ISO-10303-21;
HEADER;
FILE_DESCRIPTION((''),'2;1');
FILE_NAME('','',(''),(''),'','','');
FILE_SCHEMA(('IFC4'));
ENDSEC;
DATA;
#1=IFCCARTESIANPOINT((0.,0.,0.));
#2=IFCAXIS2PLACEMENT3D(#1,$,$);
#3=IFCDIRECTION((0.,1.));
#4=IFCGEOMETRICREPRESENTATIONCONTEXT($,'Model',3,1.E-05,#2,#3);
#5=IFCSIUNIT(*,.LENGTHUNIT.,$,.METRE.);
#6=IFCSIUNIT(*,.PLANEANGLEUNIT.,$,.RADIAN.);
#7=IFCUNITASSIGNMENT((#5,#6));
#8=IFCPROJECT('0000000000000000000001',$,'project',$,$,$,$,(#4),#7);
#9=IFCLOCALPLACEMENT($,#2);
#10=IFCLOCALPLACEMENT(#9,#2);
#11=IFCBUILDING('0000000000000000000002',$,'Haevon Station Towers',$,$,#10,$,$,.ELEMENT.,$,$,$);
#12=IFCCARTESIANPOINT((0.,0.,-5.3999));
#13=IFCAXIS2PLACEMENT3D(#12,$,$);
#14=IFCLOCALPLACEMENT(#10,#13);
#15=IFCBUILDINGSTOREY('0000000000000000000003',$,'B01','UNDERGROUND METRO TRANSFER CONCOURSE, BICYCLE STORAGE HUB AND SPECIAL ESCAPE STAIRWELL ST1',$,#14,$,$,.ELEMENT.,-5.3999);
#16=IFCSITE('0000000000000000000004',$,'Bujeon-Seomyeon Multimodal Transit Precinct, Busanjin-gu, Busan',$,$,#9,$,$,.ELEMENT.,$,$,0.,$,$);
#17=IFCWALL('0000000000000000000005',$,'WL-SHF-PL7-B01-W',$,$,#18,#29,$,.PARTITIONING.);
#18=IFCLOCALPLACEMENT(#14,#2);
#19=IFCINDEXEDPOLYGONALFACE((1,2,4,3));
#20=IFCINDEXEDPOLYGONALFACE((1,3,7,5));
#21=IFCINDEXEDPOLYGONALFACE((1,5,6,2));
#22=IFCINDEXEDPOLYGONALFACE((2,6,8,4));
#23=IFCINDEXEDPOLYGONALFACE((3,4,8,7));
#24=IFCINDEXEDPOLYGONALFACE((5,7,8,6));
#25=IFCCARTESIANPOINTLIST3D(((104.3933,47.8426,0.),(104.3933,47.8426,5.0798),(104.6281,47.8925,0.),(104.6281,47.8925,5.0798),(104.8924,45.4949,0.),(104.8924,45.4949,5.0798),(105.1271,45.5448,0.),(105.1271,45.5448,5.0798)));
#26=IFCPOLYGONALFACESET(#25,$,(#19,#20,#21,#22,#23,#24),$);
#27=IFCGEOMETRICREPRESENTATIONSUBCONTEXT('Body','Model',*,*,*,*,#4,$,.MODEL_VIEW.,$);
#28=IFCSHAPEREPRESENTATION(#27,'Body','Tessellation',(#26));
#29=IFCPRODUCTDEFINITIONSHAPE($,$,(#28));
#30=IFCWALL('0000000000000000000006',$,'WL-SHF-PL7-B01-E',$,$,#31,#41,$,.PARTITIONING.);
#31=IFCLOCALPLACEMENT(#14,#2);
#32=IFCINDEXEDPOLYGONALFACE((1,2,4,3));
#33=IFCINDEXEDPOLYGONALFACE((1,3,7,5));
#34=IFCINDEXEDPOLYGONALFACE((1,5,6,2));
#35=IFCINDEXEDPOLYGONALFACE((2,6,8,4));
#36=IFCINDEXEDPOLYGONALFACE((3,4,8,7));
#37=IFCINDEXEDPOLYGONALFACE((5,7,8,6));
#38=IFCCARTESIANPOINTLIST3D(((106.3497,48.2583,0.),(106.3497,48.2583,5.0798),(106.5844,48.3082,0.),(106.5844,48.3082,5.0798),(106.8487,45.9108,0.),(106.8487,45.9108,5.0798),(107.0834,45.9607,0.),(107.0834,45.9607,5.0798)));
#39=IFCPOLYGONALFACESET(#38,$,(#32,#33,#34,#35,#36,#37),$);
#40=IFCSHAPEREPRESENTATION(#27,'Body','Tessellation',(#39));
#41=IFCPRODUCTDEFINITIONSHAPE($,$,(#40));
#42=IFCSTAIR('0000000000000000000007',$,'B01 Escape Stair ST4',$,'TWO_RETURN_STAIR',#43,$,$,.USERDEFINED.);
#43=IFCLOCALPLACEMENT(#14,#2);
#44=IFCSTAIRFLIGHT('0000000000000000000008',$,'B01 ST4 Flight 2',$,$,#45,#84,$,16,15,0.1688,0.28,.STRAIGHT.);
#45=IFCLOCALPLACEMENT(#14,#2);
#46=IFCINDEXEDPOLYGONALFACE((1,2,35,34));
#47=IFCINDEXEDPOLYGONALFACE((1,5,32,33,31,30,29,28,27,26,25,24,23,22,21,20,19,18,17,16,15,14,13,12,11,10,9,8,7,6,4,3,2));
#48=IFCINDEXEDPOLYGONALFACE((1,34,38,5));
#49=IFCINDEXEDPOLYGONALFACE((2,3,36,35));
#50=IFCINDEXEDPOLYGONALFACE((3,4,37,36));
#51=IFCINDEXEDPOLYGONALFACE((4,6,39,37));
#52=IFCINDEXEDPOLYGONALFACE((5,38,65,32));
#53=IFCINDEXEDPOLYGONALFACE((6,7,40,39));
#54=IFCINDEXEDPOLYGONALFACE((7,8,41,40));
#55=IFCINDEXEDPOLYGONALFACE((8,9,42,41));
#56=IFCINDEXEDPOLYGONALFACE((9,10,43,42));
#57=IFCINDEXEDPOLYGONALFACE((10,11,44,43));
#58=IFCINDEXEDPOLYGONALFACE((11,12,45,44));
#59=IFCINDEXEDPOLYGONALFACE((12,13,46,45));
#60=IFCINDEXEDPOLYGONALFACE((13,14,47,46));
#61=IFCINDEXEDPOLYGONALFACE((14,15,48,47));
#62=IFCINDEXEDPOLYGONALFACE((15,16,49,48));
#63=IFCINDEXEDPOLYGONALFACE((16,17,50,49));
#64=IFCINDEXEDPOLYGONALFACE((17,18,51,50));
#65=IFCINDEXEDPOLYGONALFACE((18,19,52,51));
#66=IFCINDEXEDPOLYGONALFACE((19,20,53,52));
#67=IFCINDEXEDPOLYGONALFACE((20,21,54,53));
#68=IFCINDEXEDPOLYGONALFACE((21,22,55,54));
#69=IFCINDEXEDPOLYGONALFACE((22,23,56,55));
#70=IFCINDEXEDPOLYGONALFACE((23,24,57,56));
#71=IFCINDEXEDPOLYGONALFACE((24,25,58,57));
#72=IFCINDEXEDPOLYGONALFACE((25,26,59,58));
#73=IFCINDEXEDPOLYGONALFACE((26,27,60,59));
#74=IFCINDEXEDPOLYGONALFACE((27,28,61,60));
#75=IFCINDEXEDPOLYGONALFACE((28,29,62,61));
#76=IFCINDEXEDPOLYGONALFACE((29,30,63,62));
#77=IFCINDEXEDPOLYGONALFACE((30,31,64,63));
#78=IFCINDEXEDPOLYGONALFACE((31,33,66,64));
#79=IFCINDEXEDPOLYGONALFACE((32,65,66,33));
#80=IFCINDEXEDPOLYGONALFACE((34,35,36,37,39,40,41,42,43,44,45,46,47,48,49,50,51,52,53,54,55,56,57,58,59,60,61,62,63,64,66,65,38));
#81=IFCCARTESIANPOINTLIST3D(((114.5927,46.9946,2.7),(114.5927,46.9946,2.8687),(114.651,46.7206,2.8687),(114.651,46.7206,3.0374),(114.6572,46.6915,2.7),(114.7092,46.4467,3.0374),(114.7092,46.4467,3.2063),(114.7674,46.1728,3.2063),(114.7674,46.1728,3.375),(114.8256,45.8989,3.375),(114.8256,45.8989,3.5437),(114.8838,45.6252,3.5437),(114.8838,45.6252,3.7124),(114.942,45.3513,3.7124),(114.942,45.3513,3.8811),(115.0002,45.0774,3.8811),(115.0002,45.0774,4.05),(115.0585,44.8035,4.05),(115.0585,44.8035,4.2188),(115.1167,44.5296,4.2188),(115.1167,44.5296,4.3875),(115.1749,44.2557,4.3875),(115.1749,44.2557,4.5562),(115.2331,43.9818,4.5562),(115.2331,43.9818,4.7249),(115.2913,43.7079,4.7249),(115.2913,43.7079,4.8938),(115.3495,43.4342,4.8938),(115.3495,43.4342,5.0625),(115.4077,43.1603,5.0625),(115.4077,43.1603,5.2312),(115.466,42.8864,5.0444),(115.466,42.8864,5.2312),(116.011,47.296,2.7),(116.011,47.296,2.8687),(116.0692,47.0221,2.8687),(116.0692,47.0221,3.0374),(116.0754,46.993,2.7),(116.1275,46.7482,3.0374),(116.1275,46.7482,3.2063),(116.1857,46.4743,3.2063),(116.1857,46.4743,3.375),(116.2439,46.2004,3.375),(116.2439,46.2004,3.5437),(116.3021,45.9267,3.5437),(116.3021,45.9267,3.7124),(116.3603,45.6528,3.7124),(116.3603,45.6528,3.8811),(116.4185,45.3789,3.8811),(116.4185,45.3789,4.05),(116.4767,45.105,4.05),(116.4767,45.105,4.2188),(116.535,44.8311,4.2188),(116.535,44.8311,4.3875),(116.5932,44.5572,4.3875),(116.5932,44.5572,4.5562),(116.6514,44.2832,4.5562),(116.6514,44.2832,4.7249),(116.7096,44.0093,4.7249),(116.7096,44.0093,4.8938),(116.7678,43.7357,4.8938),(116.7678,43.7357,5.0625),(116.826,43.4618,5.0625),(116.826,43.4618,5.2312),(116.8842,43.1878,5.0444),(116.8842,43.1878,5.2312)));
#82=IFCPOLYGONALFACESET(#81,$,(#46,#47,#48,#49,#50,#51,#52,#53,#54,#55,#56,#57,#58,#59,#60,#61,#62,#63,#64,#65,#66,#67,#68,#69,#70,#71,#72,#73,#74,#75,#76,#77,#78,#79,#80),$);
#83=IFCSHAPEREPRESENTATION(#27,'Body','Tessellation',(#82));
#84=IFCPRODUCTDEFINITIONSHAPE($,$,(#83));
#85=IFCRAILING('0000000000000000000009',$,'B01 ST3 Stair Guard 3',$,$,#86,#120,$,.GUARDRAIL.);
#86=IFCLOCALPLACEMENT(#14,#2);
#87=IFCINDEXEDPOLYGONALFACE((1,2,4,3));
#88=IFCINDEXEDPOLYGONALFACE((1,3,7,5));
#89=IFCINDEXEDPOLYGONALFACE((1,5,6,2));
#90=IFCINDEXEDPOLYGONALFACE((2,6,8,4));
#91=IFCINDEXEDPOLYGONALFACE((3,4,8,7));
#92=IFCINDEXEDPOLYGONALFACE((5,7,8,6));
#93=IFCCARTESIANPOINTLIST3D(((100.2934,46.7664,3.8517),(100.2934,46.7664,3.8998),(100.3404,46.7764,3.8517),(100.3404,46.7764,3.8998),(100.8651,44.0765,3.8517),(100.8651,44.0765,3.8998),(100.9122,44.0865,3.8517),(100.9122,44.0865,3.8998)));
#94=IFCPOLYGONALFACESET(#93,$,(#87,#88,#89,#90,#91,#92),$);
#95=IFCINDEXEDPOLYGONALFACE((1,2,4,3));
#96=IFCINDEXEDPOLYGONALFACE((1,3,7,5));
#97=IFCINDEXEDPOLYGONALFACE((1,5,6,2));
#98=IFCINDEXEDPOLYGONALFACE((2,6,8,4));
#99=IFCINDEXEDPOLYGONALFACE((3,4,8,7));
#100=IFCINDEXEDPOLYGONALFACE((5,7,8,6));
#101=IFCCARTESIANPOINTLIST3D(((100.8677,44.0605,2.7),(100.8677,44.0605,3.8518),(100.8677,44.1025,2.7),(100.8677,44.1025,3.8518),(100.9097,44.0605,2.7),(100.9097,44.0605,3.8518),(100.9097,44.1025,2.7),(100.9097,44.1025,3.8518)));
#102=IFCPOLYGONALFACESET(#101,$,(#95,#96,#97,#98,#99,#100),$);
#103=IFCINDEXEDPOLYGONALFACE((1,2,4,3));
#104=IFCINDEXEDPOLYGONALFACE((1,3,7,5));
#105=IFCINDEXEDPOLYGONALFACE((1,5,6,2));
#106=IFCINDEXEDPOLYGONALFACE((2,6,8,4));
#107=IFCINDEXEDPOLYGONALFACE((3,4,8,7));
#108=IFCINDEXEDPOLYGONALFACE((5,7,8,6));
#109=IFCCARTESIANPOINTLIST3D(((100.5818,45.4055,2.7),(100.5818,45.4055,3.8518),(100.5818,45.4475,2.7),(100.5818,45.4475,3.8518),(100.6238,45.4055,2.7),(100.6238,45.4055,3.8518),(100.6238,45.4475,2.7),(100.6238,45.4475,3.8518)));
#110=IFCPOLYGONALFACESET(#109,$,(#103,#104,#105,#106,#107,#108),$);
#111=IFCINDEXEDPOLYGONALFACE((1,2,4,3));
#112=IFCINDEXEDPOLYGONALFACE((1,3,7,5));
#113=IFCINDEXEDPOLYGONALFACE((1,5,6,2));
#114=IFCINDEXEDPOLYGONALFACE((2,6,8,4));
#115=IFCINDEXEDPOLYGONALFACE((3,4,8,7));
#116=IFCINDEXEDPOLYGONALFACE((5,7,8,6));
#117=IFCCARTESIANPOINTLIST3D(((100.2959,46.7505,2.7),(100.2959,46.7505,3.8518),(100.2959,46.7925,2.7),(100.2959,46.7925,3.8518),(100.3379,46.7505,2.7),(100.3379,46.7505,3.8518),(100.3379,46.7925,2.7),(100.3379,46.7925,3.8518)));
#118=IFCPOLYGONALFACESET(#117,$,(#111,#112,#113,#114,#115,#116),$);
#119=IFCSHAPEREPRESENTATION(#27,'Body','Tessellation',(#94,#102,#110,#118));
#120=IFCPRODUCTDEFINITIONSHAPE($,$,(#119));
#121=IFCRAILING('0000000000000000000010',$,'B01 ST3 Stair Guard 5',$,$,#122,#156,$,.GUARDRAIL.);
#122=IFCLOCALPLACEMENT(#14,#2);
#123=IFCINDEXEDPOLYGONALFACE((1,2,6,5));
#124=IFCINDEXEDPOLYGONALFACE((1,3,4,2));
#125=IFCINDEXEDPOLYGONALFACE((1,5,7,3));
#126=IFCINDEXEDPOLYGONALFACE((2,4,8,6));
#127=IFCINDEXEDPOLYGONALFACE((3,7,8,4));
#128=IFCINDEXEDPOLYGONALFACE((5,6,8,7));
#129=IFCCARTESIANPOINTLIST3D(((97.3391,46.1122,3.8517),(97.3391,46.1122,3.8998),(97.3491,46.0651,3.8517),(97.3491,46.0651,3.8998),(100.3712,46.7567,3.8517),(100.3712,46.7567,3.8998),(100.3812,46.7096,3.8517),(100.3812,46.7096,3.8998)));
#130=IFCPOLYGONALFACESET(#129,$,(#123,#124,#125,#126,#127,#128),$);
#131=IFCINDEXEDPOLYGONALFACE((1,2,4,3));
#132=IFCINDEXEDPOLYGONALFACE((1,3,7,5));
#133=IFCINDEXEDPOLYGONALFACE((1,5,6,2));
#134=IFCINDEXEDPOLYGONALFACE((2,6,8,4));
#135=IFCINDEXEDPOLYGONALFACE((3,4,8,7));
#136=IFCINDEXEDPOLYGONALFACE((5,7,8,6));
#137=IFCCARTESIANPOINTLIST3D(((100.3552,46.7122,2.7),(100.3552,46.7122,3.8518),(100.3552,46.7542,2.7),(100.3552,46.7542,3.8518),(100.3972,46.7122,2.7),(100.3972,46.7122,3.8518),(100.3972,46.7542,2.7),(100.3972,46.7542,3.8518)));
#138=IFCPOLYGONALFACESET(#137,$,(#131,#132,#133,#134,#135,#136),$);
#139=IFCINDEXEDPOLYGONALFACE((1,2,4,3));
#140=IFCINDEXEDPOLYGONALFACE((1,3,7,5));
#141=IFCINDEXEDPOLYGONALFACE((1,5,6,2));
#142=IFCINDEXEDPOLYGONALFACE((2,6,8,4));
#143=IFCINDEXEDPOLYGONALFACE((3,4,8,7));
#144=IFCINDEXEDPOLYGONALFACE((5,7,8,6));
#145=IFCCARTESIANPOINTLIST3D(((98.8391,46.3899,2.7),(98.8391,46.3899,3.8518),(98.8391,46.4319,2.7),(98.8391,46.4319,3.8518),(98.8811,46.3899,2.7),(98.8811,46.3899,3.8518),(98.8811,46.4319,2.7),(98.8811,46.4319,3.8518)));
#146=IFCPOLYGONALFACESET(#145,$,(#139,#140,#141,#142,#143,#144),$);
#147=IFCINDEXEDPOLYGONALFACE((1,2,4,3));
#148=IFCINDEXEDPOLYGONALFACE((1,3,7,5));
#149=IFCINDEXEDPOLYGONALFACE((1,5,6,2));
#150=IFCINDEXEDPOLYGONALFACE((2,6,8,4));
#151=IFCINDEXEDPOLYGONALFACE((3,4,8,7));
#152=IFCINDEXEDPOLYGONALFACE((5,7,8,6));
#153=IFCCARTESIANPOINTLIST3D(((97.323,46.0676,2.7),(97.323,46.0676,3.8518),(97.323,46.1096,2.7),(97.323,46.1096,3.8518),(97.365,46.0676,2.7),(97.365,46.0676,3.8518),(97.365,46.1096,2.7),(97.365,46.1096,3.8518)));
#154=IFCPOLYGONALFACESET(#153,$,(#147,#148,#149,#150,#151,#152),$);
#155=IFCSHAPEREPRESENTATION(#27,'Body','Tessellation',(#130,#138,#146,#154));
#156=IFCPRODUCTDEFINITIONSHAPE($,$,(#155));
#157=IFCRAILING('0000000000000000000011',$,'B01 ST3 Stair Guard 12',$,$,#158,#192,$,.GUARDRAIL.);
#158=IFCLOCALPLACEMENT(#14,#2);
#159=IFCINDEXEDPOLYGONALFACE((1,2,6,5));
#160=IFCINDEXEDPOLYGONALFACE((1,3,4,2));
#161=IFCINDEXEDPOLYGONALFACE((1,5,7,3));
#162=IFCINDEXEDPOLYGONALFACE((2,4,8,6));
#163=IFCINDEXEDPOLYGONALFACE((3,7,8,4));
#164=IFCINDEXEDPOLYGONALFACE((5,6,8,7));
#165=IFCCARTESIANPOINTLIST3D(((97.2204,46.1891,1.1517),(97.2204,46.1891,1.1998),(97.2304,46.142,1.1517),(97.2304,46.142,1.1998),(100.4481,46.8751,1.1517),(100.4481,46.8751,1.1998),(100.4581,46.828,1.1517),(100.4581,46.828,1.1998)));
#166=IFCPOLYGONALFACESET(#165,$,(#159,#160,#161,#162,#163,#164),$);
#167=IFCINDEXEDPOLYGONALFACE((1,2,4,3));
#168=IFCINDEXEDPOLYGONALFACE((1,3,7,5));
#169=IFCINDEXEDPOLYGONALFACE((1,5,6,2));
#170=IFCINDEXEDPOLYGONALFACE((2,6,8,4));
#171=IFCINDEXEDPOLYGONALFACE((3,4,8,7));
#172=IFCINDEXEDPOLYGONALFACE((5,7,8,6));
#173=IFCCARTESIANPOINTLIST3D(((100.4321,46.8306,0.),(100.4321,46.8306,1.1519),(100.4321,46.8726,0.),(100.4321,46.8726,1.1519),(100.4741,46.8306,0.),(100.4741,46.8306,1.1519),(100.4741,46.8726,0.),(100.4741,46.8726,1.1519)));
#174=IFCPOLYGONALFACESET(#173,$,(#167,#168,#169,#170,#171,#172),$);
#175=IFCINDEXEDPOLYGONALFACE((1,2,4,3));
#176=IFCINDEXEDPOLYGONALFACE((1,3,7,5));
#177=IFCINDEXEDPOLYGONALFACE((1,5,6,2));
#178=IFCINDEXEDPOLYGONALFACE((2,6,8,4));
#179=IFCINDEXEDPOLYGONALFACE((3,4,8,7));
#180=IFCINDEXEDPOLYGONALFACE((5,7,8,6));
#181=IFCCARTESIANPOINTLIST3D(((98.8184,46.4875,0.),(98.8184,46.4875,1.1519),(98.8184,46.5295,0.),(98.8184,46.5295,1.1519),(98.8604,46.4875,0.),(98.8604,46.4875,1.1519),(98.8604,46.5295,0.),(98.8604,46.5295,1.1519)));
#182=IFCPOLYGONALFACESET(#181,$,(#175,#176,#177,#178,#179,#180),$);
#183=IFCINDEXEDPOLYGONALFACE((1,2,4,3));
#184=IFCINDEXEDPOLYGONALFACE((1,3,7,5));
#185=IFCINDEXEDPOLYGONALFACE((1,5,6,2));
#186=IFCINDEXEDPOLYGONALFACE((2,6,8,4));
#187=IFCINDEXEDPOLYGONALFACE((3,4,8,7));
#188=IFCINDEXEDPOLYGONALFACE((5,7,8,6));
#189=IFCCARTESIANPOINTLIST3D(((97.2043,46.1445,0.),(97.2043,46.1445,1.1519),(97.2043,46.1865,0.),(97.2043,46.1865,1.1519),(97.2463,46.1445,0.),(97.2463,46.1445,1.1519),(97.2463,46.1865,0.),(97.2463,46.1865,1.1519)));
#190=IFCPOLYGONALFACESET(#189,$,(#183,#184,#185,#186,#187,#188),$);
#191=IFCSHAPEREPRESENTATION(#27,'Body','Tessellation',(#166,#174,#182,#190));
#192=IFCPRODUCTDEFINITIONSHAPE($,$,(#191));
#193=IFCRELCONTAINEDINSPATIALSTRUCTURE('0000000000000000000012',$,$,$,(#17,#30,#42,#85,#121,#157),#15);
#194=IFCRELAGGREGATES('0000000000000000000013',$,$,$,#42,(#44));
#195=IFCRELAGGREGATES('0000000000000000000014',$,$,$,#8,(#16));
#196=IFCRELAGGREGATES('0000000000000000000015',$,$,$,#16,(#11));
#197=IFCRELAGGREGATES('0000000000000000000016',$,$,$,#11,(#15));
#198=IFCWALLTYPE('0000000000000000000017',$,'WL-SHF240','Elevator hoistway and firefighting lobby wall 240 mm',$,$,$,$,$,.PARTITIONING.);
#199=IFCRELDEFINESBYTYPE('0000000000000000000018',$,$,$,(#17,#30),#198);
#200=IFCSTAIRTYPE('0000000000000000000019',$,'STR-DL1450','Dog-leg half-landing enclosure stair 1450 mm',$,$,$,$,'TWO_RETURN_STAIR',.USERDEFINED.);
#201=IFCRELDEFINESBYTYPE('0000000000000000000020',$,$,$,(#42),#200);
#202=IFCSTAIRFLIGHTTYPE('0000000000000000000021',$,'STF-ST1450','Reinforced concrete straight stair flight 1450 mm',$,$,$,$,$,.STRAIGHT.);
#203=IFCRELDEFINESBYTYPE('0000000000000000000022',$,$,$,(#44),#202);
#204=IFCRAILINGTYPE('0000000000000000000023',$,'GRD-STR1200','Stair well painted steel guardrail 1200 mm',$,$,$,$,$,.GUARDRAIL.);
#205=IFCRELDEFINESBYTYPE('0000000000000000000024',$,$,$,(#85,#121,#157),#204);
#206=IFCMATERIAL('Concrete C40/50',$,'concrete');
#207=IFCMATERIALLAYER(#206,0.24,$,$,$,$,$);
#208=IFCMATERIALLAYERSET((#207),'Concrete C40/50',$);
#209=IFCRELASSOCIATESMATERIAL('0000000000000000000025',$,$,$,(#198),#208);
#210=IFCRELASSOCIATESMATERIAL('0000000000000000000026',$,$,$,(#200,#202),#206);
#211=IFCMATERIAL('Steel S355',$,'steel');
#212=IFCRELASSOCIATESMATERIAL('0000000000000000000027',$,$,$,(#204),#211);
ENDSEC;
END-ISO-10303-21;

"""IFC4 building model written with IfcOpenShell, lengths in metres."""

from ifc_helpers import new_model, si_unit, direction, frame, frame_2d, origin, origin_2d, place, context, subcontext, project, spatial, polyline, rectangle, outline, extrude, material, layer, layer_set, type_object, element, aggregate, save


model = new_model("IFC4")

# Units and contexts
model_context = context("Model", 3, precision=1e-05, world=origin(), true_north=direction((0.0, 1.0)))
body_context = subcontext(model_context, "Body", "Model", "MODEL_VIEW")
ifc_project = project(units=[si_unit("LENGTHUNIT", "METRE"), si_unit("PLANEANGLEUNIT", "RADIAN")], contexts=[model_context])

# Site, building, storey
site_placement = place(None, origin())
site = spatial("IfcSite", under=ifc_project, at=site_placement, Name="Bujeon-Seomyeon Multimodal Transit Precinct, Busanjin-gu, Busan", CompositionType="ELEMENT", RefElevation=0.0)
building_placement = place(site_placement, origin())
building = spatial("IfcBuilding", under=site, at=building_placement, Name="Haevon Station Towers", CompositionType="ELEMENT")
storey_placement = place(building_placement, frame((0.0, 0.0, -5.3999)))
storey = spatial("IfcBuildingStorey", under=building, at=storey_placement, Name="B01", Description="UNDERGROUND METRO TRANSFER CONCOURSE, BICYCLE STORAGE HUB AND SPECIAL ESCAPE STAIRWELL ST1", CompositionType="ELEMENT", Elevation=-5.3999)

# Shared definitions
ifc_material_1 = material(Name="Concrete C40/50", Category="concrete")
ifc_layer_1 = layer(ifc_material_1, 0.24)
ifc_layer_set_1 = layer_set([ifc_layer_1], Name="Concrete C40/50")
wall_type_1 = type_object("IfcWallType", Name="WL-SHF240", Description="Elevator hoistway and firefighting lobby wall 240 mm", PredefinedType="PARTITIONING", material=ifc_layer_set_1)

# Walls
wall_1_placement = place(storey_placement, frame((105.0098, 45.5198, 0.0), z_axis=(0.0, 0.0, 1.0), x_axis=(-0.207917, 0.978146, 0.0)))
element("IfcWall", 1, at=wall_1_placement, inside=storey, type_object=wall_type_1, Name="WL-SHF-PL7-B01-W", PredefinedType="PARTITIONING", context=body_context, shape_type="SweptSolid", body=[
    extrude(rectangle(XDim=2.4001, YDim=0.24, at=frame_2d((1.2002, 0.0))), origin(), (0.0, 0.0, 1.0), 5.0798),
])
wall_2_placement = place(storey_placement, frame((106.9661, 45.9358, 0.0), z_axis=(0.0, 0.0, 1.0), x_axis=(-0.207938, 0.978142, 0.0)))
element("IfcWall", 2, at=wall_2_placement, inside=storey, type_object=wall_type_1, Name="WL-SHF-PL7-B01-E", PredefinedType="PARTITIONING", context=body_context, shape_type="SweptSolid", body=[
    extrude(rectangle(XDim=2.3999, YDim=0.24, at=frame_2d((1.2, 0.0))), origin(), (0.0, 0.0, 1.0), 5.0798),
])

# Stair, stair flight
stair_type = type_object("IfcStairType", Name="STR-DL1450", Description="Dog-leg half-landing enclosure stair 1450 mm", ElementType="TWO_RETURN_STAIR", PredefinedType="USERDEFINED", material=ifc_material_1)
stair_placement = place(storey_placement, origin())
stair = element("IfcStair", 3, at=stair_placement, inside=storey, type_object=stair_type, Name="B01 Escape Stair ST4", ObjectType="TWO_RETURN_STAIR", PredefinedType="USERDEFINED")
stair_flight_type = type_object("IfcStairFlightType", Name="STF-ST1450", Description="Reinforced concrete straight stair flight 1450 mm", PredefinedType="STRAIGHT", material=ifc_material_1)
stair_flight_placement = place(storey_placement, frame((115.3018, 47.1453, 2.7), z_axis=(0.0, 0.0, 1.0), x_axis=(0.207912, -0.978148, 0.0)))
stair_flight = element("IfcStairFlight", 4, at=stair_flight_placement, type_object=stair_flight_type, Name="B01 ST4 Flight 2", NumberOfRisers=16, NumberOfTreads=15, PredefinedType="STRAIGHT", RiserHeight=0.1688, TreadLength=0.28, context=body_context, shape_type="SweptSolid", body=[
    extrude(outline(polyline([(0.0, 0.0), (0.0, 0.1687), (0.28, 0.1687), (0.28, 0.3374), (0.5601, 0.3374), (0.5601, 0.5063), (0.8401, 0.5063), (0.8401, 0.675), (1.1201, 0.675), (1.1201, 0.8438), (1.3999, 0.8438), (1.3999, 1.0125), (1.6799, 1.0125), (1.6799, 1.1812), (1.96, 1.1812), (1.96, 1.3501), (2.24, 1.3501), (2.24, 1.5188), (2.52, 1.5188), (2.52, 1.6875), (2.8, 1.6875), (2.8, 1.8562), (3.0801, 1.8562), (3.0801, 2.0249), (3.3601, 2.0249), (3.3601, 2.1938), (3.6399, 2.1938), (3.6399, 2.3625), (3.9199, 2.3625), (3.9199, 2.5312), (4.2, 2.5312), (4.2, 2.7), (4.2, 2.3445), (0.3098, 0.0), (0.0, 0.0)])), frame((0.0, 0.7251, 0.0), z_axis=(0.0, -1.0, 0.0), x_axis=(1.0, 0.0, 0.0)), (0.0, 0.0, 1.0), 1.45),
])
aggregate(stair, [stair_flight])

# Railings
ifc_material_2 = material(Name="Steel S355", Category="steel")
railing_type_1 = type_object("IfcRailingType", Name="GRD-STR1200", Description="Stair well painted steel guardrail 1200 mm", PredefinedType="GUARDRAIL", material=ifc_material_2)
railing_1_placement = place(storey_placement, frame((100.8887, 44.0815, 2.7)))
element("IfcRailing", 5, at=railing_1_placement, inside=storey, type_object=railing_type_1, Name="B01 ST3 Stair Guard 3", PredefinedType="GUARDRAIL", context=body_context, shape_type="SweptSolid", body=[
    extrude(rectangle(XDim=0.0481, YDim=0.0481, at=origin_2d()), frame((0.0, 0.0, 1.1758), z_axis=(-0.207916, 0.978147, 0.0), x_axis=(-0.978147, -0.207916, 0.0)), (0.0, 0.0, 1.0), 2.75),
    extrude(rectangle(XDim=0.042, YDim=0.042, at=origin_2d()), origin(), (0.0, 0.0, 1.0), 1.1519),
    extrude(rectangle(XDim=0.042, YDim=0.042, at=origin_2d()), frame((-0.2859, 1.345, 0.0)), (0.0, 0.0, 1.0), 1.1519),
    extrude(rectangle(XDim=0.042, YDim=0.042, at=origin_2d()), frame((-0.5718, 2.6899, 0.0)), (0.0, 0.0, 1.0), 1.1519),
])
railing_2_placement = place(storey_placement, frame((100.3762, 46.7332, 2.7)))
element("IfcRailing", 6, at=railing_2_placement, inside=storey, type_object=railing_type_1, Name="B01 ST3 Stair Guard 5", PredefinedType="GUARDRAIL", context=body_context, shape_type="SweptSolid", body=[
    extrude(rectangle(XDim=0.0481, YDim=0.0481, at=origin_2d()), frame((0.0, 0.0, 1.1758), z_axis=(-0.978147, -0.207915, 0.0), x_axis=(0.207915, -0.978147, 0.0)), (0.0, 0.0, 1.0), 3.0999),
    extrude(rectangle(XDim=0.042, YDim=0.042, at=origin_2d()), origin(), (0.0, 0.0, 1.0), 1.1519),
    extrude(rectangle(XDim=0.042, YDim=0.042, at=origin_2d()), frame((-1.5161, -0.3223, 0.0)), (0.0, 0.0, 1.0), 1.1519),
    extrude(rectangle(XDim=0.042, YDim=0.042, at=origin_2d()), frame((-3.0322, -0.6445, 0.0)), (0.0, 0.0, 1.0), 1.1519),
])
railing_3_placement = place(storey_placement, frame((100.4531, 46.8516, 0.0)))
element("IfcRailing", 7, at=railing_3_placement, inside=storey, type_object=railing_type_1, Name="B01 ST3 Stair Guard 12", PredefinedType="GUARDRAIL", context=body_context, shape_type="SweptSolid", body=[
    extrude(rectangle(XDim=0.0481, YDim=0.0481, at=origin_2d()), frame((0.0, 0.0, 1.1758), z_axis=(-0.978151, -0.207897, 0.0), x_axis=(0.207897, -0.978151, 0.0)), (0.0, 0.0, 1.0), 3.2998),
    extrude(rectangle(XDim=0.042, YDim=0.042, at=origin_2d()), origin(), (0.0, 0.0, 1.0), 1.1519),
    extrude(rectangle(XDim=0.042, YDim=0.042, at=origin_2d()), frame((-1.6138, -0.343, 0.0)), (0.0, 0.0, 1.0), 1.1519),
    extrude(rectangle(XDim=0.042, YDim=0.042, at=origin_2d()), frame((-3.2278, -0.686, 0.0)), (0.0, 0.0, 1.0), 1.1519),
])

save(model, "model.ifc")
